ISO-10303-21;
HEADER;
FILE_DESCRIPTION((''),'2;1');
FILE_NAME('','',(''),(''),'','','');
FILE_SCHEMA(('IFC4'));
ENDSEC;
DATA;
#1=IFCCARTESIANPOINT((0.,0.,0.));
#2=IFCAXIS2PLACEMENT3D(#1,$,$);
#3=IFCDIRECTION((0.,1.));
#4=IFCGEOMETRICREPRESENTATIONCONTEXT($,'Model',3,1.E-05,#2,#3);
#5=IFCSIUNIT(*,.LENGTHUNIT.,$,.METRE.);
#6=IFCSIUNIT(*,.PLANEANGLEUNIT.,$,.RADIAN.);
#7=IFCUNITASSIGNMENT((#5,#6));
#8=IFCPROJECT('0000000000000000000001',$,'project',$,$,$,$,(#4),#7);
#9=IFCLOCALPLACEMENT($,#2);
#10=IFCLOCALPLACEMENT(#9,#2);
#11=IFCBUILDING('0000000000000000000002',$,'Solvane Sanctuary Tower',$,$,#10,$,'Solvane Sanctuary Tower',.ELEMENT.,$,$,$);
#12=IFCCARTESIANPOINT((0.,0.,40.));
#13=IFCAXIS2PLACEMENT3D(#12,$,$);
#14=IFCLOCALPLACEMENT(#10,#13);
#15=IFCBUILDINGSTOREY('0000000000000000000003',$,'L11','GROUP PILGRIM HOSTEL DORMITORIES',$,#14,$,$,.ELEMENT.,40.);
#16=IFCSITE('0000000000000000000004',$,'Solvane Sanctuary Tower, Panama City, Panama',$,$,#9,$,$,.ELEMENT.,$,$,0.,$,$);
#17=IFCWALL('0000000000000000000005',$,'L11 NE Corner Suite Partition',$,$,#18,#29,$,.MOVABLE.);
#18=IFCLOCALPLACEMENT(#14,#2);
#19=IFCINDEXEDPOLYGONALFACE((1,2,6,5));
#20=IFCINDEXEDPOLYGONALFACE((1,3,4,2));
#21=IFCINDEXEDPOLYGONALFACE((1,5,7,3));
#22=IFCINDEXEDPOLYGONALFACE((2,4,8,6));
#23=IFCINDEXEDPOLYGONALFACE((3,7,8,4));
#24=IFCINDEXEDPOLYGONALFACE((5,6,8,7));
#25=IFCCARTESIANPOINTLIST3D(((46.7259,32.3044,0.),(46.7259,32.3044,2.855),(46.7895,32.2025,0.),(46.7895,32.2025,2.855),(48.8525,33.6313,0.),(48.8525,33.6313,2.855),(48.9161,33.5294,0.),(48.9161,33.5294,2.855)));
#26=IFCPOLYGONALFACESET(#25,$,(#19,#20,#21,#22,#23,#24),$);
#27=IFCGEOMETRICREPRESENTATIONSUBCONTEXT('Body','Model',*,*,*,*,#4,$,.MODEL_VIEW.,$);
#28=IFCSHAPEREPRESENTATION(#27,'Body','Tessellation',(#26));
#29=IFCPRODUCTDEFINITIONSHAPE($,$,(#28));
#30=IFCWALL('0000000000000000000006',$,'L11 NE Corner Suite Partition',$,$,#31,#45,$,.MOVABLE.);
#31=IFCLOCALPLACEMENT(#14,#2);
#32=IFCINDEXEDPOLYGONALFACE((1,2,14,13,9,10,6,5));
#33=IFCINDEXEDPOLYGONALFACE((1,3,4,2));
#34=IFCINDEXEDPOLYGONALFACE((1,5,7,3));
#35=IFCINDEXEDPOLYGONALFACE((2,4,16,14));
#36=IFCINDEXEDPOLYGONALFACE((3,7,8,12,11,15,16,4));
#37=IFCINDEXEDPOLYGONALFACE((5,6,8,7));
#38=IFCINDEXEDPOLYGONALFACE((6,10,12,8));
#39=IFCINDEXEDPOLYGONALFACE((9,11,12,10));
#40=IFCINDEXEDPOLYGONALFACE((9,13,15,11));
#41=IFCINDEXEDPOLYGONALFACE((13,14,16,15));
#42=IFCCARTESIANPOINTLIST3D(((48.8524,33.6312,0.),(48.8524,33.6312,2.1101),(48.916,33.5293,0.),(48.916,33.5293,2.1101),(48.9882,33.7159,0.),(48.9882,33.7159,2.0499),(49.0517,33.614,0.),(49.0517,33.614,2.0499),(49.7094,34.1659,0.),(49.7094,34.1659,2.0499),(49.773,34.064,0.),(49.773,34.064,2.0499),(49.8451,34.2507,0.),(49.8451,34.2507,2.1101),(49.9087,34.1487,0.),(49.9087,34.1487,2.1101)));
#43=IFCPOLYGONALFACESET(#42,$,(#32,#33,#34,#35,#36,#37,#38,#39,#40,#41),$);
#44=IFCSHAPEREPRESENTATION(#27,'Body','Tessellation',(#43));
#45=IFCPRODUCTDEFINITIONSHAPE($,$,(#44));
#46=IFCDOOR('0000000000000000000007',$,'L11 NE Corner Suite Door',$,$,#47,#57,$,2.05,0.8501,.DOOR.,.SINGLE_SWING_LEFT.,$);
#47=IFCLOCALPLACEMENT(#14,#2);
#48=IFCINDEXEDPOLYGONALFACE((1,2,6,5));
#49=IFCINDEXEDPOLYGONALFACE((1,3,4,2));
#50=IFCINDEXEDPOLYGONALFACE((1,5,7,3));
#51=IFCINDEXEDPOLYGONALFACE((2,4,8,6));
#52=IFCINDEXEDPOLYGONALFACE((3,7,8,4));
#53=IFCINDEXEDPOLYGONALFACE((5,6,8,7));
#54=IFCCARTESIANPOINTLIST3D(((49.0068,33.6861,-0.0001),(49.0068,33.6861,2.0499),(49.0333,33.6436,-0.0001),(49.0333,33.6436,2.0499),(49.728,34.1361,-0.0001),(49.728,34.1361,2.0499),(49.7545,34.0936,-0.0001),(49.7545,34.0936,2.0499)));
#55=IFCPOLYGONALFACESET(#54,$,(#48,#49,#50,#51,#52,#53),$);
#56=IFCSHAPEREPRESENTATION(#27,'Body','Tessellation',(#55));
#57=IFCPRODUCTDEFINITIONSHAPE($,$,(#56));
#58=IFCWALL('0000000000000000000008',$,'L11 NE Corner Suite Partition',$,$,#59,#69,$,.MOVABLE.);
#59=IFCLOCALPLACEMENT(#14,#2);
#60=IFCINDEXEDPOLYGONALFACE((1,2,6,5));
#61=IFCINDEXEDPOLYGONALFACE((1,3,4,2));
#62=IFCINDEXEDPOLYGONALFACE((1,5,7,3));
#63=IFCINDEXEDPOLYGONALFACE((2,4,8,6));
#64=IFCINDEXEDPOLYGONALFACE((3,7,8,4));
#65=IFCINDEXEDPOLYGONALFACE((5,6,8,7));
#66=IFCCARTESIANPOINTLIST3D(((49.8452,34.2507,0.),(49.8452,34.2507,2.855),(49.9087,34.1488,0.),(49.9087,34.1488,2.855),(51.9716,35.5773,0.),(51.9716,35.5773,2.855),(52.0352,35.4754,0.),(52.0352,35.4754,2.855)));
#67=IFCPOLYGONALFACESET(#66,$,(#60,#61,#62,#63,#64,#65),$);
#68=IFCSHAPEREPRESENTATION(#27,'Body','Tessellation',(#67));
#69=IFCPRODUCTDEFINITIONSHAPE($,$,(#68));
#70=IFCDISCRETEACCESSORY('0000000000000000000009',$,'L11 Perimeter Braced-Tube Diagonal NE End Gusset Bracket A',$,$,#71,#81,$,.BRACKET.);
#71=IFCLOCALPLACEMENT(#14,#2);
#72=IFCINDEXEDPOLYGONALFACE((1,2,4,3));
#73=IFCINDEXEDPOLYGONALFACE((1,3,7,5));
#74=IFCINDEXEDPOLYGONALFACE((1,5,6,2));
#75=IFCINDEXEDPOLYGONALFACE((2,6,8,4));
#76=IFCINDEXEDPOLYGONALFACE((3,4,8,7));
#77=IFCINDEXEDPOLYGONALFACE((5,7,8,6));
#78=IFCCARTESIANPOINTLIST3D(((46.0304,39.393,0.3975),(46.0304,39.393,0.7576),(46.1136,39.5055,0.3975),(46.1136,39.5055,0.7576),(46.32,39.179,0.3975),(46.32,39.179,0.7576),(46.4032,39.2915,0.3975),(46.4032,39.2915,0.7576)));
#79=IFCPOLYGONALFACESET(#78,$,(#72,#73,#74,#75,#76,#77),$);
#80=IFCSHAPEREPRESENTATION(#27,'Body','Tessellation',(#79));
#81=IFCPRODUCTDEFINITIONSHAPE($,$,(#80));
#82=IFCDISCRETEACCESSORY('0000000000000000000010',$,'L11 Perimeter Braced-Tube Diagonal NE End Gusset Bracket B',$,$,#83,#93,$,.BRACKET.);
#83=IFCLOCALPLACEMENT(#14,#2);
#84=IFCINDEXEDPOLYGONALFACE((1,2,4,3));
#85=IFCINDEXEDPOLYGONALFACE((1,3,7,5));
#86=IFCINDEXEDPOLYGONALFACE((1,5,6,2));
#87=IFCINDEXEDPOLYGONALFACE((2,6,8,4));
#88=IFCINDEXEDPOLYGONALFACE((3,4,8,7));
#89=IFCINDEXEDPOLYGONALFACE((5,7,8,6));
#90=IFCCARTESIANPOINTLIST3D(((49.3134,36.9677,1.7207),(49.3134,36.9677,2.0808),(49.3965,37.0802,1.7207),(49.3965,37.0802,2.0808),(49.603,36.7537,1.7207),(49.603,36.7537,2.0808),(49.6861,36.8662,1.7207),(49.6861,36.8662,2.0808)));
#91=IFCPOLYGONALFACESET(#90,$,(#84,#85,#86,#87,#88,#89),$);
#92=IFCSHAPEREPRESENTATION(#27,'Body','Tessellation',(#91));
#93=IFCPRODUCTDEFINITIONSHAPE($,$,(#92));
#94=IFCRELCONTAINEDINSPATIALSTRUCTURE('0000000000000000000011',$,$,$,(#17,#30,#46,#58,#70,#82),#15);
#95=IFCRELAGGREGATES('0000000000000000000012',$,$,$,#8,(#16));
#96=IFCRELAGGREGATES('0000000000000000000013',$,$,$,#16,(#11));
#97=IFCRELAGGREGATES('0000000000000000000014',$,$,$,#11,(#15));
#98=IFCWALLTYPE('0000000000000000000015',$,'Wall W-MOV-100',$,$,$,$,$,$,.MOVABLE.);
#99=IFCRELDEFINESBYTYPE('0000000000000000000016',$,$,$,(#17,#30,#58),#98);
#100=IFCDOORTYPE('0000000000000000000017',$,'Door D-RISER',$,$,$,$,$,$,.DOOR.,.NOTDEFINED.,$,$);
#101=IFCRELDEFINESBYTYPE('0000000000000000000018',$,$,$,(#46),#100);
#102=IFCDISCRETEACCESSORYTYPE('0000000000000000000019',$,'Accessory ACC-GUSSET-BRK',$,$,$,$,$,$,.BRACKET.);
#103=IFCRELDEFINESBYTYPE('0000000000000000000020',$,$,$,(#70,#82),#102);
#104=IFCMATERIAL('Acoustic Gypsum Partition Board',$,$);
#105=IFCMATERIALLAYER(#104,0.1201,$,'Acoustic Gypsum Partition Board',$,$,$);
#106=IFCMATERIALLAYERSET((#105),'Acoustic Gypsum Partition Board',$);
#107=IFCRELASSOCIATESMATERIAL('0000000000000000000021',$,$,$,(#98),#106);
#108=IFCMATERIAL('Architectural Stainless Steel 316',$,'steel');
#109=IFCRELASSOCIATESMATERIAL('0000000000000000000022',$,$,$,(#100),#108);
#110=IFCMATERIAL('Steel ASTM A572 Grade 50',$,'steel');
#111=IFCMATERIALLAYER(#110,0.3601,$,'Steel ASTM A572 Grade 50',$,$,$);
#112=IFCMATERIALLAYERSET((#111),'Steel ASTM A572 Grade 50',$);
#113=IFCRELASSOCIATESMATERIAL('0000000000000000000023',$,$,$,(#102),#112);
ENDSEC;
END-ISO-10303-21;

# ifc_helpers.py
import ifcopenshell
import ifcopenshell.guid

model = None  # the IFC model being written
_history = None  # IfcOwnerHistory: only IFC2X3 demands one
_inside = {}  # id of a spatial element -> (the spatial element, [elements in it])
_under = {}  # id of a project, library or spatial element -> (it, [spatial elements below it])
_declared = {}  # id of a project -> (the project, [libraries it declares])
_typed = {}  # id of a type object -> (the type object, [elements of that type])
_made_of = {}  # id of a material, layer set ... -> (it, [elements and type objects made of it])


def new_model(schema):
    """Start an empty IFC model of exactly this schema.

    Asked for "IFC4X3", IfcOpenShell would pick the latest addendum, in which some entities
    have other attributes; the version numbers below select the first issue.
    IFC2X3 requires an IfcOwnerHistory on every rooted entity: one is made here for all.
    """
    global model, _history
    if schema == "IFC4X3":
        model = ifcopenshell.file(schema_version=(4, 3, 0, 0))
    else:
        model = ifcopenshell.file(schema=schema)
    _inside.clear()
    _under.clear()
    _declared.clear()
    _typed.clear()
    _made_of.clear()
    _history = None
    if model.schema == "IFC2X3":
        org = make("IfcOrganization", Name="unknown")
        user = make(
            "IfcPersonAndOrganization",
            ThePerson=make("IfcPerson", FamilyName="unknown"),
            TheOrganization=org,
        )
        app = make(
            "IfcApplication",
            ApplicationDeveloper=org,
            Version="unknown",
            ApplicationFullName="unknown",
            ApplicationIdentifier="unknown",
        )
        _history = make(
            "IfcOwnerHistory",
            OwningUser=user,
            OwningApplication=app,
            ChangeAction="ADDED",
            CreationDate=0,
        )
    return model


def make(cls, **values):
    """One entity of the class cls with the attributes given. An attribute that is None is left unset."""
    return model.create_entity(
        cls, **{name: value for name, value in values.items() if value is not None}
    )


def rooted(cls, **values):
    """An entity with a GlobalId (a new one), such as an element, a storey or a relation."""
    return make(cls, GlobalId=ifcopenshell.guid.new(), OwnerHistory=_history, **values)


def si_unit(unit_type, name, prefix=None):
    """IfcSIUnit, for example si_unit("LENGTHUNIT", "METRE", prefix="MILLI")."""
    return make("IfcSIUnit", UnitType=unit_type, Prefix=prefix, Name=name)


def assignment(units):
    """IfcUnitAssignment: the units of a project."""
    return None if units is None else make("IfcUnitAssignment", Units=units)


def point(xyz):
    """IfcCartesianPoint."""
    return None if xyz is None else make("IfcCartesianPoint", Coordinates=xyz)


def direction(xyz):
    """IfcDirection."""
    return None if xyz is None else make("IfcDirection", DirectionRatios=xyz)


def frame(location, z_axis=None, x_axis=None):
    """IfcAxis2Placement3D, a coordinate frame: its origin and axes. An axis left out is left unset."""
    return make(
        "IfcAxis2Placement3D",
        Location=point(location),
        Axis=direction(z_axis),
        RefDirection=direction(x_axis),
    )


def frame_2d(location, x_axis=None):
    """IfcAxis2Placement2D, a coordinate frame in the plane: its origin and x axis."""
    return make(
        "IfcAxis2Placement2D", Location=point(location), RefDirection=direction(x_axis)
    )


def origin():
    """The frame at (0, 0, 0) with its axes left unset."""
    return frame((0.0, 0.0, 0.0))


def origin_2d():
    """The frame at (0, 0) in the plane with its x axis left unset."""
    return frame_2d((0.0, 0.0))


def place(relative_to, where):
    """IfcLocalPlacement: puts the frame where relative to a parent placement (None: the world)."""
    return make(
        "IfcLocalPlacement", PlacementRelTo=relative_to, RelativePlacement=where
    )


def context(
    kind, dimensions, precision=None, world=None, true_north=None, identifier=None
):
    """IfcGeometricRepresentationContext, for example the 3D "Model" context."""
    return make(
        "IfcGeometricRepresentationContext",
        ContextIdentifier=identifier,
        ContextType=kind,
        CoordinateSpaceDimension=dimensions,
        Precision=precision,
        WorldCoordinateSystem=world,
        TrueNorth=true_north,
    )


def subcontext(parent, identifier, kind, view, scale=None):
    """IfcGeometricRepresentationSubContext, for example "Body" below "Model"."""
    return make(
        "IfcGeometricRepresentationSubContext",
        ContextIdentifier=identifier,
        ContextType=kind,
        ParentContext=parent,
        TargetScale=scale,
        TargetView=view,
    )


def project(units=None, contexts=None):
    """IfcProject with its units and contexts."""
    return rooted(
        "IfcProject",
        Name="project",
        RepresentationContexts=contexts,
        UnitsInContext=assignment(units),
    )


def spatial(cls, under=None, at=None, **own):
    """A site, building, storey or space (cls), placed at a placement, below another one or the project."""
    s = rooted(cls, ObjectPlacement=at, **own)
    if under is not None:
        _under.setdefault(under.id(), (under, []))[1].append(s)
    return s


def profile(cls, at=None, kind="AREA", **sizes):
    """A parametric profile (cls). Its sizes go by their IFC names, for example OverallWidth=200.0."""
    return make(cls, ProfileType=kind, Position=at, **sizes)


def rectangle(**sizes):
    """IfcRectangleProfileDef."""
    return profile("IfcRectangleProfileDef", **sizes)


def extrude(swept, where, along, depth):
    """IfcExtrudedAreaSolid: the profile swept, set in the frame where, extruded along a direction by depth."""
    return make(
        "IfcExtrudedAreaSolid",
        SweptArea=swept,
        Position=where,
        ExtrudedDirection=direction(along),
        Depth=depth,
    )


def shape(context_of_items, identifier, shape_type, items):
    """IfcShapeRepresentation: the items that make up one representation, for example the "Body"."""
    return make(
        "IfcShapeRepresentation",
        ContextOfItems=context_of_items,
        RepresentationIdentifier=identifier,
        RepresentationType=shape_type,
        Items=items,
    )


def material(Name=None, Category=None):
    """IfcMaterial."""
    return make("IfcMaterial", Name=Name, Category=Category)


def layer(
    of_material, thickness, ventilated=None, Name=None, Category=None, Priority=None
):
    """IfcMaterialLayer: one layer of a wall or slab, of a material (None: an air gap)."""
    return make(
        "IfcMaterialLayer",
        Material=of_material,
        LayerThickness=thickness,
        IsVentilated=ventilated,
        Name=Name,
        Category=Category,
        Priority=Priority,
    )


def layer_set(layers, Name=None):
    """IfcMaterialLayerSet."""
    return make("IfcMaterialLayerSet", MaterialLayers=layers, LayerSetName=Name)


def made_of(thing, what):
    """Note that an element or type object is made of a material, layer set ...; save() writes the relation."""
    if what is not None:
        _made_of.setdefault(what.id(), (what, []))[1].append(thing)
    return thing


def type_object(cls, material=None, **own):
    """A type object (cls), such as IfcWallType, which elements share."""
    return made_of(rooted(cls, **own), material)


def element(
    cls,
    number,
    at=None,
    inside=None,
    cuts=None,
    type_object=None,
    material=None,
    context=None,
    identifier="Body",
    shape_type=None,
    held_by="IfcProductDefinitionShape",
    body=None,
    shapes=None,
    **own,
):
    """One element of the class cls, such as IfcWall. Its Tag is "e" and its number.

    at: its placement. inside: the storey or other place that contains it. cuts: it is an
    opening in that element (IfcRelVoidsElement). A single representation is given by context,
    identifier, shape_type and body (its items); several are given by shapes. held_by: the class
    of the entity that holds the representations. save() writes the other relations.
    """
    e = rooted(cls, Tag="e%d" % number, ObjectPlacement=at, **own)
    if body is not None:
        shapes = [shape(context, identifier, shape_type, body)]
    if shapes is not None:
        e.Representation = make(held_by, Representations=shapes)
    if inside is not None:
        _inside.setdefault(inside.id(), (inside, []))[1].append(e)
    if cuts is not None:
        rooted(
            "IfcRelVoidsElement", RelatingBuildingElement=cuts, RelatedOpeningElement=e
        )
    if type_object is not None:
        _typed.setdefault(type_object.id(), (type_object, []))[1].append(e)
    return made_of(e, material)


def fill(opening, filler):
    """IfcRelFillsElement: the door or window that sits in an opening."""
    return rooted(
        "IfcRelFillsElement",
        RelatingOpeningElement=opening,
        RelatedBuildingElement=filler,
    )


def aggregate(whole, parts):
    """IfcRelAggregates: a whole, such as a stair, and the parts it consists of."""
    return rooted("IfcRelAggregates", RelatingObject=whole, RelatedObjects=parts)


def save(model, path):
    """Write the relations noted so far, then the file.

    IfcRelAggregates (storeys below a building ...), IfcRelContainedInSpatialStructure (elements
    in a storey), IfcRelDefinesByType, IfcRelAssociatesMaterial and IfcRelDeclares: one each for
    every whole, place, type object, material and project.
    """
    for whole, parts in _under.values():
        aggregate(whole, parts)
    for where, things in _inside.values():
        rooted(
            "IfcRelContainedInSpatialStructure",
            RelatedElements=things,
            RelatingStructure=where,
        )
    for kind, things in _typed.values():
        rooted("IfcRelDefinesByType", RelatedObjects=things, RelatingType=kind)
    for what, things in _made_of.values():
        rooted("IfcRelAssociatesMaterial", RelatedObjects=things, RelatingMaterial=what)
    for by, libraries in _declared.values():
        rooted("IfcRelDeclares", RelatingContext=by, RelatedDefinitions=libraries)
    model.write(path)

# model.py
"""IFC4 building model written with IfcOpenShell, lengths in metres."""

from ifc_helpers import new_model, si_unit, direction, frame, frame_2d, origin, origin_2d, place, context, subcontext, project, spatial, rectangle, extrude, material, layer, layer_set, type_object, element, fill, save


model = new_model("IFC4")

# Units and contexts
model_context = context("Model", 3, precision=1e-05, world=origin(), true_north=direction((0.0, 1.0)))
body_context = subcontext(model_context, "Body", "Model", "MODEL_VIEW")
ifc_project = project(units=[si_unit("LENGTHUNIT", "METRE"), si_unit("PLANEANGLEUNIT", "RADIAN")], contexts=[model_context])

# Site, building, storey
site_placement = place(None, origin())
site = spatial("IfcSite", under=ifc_project, at=site_placement, Name="Solvane Sanctuary Tower, Panama City, Panama", CompositionType="ELEMENT", RefElevation=0.0)
building_placement = place(site_placement, origin())
building = spatial("IfcBuilding", under=site, at=building_placement, Name="Solvane Sanctuary Tower", LongName="Solvane Sanctuary Tower", CompositionType="ELEMENT")
storey_placement = place(building_placement, frame((0.0, 0.0, 40.0)))
storey = spatial("IfcBuildingStorey", under=building, at=storey_placement, Name="L11", Description="GROUP PILGRIM HOSTEL DORMITORIES", CompositionType="ELEMENT", Elevation=40.0)

# Shared definitions
ifc_material_1 = material(Name="Acoustic Gypsum Partition Board")

# Wall
ifc_layer_1 = layer(ifc_material_1, 0.1201, Name="Acoustic Gypsum Partition Board")
ifc_layer_set_1 = layer_set([ifc_layer_1], Name="Acoustic Gypsum Partition Board")
wall_type_1 = type_object("IfcWallType", Name="Wall W-MOV-100", PredefinedType="MOVABLE", material=ifc_layer_set_1)
wall_1_placement = place(storey_placement, frame((46.7576, 32.2534, 0.0), z_axis=(0.0, 0.0, 1.0), x_axis=(0.848408, 0.529342, 0.0)))
element("IfcWall", 1, at=wall_1_placement, inside=storey, type_object=wall_type_1, Name="L11 NE Corner Suite Partition", PredefinedType="MOVABLE", context=body_context, shape_type="SweptSolid", body=[
    extrude(rectangle(XDim=2.5066, YDim=0.1201, at=frame_2d((1.2534, 0.0))), origin(), (0.0, 0.0, 1.0), 2.855),
])

# Wall, opening, door
wall_2_placement = place(storey_placement, frame((48.8843, 33.5803, 0.0), z_axis=(0.0, 0.0, 1.0), x_axis=(0.848397, 0.529361, 0.0)))
wall_2 = element("IfcWall", 2, at=wall_2_placement, inside=storey, type_object=wall_type_1, Name="L11 NE Corner Suite Partition", PredefinedType="MOVABLE", context=body_context, shape_type="SweptSolid", body=[
    extrude(rectangle(XDim=1.1702, YDim=0.1201, at=frame_2d((0.585, 0.0))), origin(), (0.0, 0.0, 1.0), 2.1101),
])
opening_1_placement = place(wall_2_placement, frame((0.1599, 0.0, 0.0)))
opening_1 = element("IfcOpeningElement", 3, at=opening_1_placement, cuts=wall_2, PredefinedType="OPENING", context=body_context, shape_type="SweptSolid", body=[
    extrude(rectangle(XDim=0.8501, YDim=2.05, at=frame_2d((0.425, 1.0249))), frame((0.0, 0.0701, 0.0), z_axis=(0.0, -1.0, 0.0), x_axis=(1.0, 0.0, 0.0)), (0.0, 0.0, 1.0), 0.1401),
])
ifc_material_2 = material(Name="Architectural Stainless Steel 316", Category="steel")
door_type = type_object("IfcDoorType", Name="Door D-RISER", OperationType="NOTDEFINED", PredefinedType="DOOR", material=ifc_material_2)
door_placement = place(opening_1_placement, origin())
door = element("IfcDoor", 4, at=door_placement, inside=storey, type_object=door_type, Name="L11 NE Corner Suite Door", OperationType="SINGLE_SWING_LEFT", OverallHeight=2.05, OverallWidth=0.8501, PredefinedType="DOOR", context=body_context, shape_type="SweptSolid", body=[
    extrude(rectangle(XDim=0.8501, YDim=2.05, at=frame_2d((0.425, 1.0249))), frame((0.0, 0.0249, 0.0), z_axis=(0.0, -1.0, 0.0), x_axis=(1.0, 0.0, 0.0)), (0.0, 0.0, 1.0), 0.05),
])
fill(opening_1, door)

# Wall
wall_3_placement = place(storey_placement, frame((49.877, 34.1997, 0.0), z_axis=(0.0, 0.0, 1.0), x_axis=(0.848425, 0.529316, 0.0)))
element("IfcWall", 5, at=wall_3_placement, inside=storey, type_object=wall_type_1, Name="L11 NE Corner Suite Partition", PredefinedType="MOVABLE", context=body_context, shape_type="SweptSolid", body=[
    extrude(rectangle(XDim=2.5063, YDim=0.1201, at=frame_2d((1.2532, 0.0))), origin(), (0.0, 0.0, 1.0), 2.855),
])

# Discrete accessories
ifc_material_3 = material(Name="Steel ASTM A572 Grade 50", Category="steel")
ifc_layer_2 = layer(ifc_material_3, 0.3601, Name="Steel ASTM A572 Grade 50")
ifc_layer_set_2 = layer_set([ifc_layer_2], Name="Steel ASTM A572 Grade 50")
discrete_accessory_type = type_object("IfcDiscreteAccessoryType", Name="Accessory ACC-GUSSET-BRK", PredefinedType="BRACKET", material=ifc_layer_set_2)
for number, where, z_axis, x_axis, name in (
    (6, (46.2168, 39.3423, 0.3975), (0.0, 0.0, 1.0), (0.804272, -0.594261, 0.0), "L11 Perimeter Braced-Tube Diagonal NE End Gusset Bracket A"),
    (7, (49.4998, 36.917, 1.7207), (0.0, 0.0, 1.0), (0.804272, -0.594261, 0.0), "L11 Perimeter Braced-Tube Diagonal NE End Gusset Bracket B"),
):
    element("IfcDiscreteAccessory", number, at=place(storey_placement, frame(where, z_axis=z_axis, x_axis=x_axis)), inside=storey, type_object=discrete_accessory_type, Name=name, PredefinedType="BRACKET", context=body_context, shape_type="SweptSolid", body=[
        extrude(rectangle(XDim=0.3601, YDim=0.1399, at=origin_2d()), origin(), (0.0, 0.0, 1.0), 0.3601),
    ])

save(model, "model.ifc")
